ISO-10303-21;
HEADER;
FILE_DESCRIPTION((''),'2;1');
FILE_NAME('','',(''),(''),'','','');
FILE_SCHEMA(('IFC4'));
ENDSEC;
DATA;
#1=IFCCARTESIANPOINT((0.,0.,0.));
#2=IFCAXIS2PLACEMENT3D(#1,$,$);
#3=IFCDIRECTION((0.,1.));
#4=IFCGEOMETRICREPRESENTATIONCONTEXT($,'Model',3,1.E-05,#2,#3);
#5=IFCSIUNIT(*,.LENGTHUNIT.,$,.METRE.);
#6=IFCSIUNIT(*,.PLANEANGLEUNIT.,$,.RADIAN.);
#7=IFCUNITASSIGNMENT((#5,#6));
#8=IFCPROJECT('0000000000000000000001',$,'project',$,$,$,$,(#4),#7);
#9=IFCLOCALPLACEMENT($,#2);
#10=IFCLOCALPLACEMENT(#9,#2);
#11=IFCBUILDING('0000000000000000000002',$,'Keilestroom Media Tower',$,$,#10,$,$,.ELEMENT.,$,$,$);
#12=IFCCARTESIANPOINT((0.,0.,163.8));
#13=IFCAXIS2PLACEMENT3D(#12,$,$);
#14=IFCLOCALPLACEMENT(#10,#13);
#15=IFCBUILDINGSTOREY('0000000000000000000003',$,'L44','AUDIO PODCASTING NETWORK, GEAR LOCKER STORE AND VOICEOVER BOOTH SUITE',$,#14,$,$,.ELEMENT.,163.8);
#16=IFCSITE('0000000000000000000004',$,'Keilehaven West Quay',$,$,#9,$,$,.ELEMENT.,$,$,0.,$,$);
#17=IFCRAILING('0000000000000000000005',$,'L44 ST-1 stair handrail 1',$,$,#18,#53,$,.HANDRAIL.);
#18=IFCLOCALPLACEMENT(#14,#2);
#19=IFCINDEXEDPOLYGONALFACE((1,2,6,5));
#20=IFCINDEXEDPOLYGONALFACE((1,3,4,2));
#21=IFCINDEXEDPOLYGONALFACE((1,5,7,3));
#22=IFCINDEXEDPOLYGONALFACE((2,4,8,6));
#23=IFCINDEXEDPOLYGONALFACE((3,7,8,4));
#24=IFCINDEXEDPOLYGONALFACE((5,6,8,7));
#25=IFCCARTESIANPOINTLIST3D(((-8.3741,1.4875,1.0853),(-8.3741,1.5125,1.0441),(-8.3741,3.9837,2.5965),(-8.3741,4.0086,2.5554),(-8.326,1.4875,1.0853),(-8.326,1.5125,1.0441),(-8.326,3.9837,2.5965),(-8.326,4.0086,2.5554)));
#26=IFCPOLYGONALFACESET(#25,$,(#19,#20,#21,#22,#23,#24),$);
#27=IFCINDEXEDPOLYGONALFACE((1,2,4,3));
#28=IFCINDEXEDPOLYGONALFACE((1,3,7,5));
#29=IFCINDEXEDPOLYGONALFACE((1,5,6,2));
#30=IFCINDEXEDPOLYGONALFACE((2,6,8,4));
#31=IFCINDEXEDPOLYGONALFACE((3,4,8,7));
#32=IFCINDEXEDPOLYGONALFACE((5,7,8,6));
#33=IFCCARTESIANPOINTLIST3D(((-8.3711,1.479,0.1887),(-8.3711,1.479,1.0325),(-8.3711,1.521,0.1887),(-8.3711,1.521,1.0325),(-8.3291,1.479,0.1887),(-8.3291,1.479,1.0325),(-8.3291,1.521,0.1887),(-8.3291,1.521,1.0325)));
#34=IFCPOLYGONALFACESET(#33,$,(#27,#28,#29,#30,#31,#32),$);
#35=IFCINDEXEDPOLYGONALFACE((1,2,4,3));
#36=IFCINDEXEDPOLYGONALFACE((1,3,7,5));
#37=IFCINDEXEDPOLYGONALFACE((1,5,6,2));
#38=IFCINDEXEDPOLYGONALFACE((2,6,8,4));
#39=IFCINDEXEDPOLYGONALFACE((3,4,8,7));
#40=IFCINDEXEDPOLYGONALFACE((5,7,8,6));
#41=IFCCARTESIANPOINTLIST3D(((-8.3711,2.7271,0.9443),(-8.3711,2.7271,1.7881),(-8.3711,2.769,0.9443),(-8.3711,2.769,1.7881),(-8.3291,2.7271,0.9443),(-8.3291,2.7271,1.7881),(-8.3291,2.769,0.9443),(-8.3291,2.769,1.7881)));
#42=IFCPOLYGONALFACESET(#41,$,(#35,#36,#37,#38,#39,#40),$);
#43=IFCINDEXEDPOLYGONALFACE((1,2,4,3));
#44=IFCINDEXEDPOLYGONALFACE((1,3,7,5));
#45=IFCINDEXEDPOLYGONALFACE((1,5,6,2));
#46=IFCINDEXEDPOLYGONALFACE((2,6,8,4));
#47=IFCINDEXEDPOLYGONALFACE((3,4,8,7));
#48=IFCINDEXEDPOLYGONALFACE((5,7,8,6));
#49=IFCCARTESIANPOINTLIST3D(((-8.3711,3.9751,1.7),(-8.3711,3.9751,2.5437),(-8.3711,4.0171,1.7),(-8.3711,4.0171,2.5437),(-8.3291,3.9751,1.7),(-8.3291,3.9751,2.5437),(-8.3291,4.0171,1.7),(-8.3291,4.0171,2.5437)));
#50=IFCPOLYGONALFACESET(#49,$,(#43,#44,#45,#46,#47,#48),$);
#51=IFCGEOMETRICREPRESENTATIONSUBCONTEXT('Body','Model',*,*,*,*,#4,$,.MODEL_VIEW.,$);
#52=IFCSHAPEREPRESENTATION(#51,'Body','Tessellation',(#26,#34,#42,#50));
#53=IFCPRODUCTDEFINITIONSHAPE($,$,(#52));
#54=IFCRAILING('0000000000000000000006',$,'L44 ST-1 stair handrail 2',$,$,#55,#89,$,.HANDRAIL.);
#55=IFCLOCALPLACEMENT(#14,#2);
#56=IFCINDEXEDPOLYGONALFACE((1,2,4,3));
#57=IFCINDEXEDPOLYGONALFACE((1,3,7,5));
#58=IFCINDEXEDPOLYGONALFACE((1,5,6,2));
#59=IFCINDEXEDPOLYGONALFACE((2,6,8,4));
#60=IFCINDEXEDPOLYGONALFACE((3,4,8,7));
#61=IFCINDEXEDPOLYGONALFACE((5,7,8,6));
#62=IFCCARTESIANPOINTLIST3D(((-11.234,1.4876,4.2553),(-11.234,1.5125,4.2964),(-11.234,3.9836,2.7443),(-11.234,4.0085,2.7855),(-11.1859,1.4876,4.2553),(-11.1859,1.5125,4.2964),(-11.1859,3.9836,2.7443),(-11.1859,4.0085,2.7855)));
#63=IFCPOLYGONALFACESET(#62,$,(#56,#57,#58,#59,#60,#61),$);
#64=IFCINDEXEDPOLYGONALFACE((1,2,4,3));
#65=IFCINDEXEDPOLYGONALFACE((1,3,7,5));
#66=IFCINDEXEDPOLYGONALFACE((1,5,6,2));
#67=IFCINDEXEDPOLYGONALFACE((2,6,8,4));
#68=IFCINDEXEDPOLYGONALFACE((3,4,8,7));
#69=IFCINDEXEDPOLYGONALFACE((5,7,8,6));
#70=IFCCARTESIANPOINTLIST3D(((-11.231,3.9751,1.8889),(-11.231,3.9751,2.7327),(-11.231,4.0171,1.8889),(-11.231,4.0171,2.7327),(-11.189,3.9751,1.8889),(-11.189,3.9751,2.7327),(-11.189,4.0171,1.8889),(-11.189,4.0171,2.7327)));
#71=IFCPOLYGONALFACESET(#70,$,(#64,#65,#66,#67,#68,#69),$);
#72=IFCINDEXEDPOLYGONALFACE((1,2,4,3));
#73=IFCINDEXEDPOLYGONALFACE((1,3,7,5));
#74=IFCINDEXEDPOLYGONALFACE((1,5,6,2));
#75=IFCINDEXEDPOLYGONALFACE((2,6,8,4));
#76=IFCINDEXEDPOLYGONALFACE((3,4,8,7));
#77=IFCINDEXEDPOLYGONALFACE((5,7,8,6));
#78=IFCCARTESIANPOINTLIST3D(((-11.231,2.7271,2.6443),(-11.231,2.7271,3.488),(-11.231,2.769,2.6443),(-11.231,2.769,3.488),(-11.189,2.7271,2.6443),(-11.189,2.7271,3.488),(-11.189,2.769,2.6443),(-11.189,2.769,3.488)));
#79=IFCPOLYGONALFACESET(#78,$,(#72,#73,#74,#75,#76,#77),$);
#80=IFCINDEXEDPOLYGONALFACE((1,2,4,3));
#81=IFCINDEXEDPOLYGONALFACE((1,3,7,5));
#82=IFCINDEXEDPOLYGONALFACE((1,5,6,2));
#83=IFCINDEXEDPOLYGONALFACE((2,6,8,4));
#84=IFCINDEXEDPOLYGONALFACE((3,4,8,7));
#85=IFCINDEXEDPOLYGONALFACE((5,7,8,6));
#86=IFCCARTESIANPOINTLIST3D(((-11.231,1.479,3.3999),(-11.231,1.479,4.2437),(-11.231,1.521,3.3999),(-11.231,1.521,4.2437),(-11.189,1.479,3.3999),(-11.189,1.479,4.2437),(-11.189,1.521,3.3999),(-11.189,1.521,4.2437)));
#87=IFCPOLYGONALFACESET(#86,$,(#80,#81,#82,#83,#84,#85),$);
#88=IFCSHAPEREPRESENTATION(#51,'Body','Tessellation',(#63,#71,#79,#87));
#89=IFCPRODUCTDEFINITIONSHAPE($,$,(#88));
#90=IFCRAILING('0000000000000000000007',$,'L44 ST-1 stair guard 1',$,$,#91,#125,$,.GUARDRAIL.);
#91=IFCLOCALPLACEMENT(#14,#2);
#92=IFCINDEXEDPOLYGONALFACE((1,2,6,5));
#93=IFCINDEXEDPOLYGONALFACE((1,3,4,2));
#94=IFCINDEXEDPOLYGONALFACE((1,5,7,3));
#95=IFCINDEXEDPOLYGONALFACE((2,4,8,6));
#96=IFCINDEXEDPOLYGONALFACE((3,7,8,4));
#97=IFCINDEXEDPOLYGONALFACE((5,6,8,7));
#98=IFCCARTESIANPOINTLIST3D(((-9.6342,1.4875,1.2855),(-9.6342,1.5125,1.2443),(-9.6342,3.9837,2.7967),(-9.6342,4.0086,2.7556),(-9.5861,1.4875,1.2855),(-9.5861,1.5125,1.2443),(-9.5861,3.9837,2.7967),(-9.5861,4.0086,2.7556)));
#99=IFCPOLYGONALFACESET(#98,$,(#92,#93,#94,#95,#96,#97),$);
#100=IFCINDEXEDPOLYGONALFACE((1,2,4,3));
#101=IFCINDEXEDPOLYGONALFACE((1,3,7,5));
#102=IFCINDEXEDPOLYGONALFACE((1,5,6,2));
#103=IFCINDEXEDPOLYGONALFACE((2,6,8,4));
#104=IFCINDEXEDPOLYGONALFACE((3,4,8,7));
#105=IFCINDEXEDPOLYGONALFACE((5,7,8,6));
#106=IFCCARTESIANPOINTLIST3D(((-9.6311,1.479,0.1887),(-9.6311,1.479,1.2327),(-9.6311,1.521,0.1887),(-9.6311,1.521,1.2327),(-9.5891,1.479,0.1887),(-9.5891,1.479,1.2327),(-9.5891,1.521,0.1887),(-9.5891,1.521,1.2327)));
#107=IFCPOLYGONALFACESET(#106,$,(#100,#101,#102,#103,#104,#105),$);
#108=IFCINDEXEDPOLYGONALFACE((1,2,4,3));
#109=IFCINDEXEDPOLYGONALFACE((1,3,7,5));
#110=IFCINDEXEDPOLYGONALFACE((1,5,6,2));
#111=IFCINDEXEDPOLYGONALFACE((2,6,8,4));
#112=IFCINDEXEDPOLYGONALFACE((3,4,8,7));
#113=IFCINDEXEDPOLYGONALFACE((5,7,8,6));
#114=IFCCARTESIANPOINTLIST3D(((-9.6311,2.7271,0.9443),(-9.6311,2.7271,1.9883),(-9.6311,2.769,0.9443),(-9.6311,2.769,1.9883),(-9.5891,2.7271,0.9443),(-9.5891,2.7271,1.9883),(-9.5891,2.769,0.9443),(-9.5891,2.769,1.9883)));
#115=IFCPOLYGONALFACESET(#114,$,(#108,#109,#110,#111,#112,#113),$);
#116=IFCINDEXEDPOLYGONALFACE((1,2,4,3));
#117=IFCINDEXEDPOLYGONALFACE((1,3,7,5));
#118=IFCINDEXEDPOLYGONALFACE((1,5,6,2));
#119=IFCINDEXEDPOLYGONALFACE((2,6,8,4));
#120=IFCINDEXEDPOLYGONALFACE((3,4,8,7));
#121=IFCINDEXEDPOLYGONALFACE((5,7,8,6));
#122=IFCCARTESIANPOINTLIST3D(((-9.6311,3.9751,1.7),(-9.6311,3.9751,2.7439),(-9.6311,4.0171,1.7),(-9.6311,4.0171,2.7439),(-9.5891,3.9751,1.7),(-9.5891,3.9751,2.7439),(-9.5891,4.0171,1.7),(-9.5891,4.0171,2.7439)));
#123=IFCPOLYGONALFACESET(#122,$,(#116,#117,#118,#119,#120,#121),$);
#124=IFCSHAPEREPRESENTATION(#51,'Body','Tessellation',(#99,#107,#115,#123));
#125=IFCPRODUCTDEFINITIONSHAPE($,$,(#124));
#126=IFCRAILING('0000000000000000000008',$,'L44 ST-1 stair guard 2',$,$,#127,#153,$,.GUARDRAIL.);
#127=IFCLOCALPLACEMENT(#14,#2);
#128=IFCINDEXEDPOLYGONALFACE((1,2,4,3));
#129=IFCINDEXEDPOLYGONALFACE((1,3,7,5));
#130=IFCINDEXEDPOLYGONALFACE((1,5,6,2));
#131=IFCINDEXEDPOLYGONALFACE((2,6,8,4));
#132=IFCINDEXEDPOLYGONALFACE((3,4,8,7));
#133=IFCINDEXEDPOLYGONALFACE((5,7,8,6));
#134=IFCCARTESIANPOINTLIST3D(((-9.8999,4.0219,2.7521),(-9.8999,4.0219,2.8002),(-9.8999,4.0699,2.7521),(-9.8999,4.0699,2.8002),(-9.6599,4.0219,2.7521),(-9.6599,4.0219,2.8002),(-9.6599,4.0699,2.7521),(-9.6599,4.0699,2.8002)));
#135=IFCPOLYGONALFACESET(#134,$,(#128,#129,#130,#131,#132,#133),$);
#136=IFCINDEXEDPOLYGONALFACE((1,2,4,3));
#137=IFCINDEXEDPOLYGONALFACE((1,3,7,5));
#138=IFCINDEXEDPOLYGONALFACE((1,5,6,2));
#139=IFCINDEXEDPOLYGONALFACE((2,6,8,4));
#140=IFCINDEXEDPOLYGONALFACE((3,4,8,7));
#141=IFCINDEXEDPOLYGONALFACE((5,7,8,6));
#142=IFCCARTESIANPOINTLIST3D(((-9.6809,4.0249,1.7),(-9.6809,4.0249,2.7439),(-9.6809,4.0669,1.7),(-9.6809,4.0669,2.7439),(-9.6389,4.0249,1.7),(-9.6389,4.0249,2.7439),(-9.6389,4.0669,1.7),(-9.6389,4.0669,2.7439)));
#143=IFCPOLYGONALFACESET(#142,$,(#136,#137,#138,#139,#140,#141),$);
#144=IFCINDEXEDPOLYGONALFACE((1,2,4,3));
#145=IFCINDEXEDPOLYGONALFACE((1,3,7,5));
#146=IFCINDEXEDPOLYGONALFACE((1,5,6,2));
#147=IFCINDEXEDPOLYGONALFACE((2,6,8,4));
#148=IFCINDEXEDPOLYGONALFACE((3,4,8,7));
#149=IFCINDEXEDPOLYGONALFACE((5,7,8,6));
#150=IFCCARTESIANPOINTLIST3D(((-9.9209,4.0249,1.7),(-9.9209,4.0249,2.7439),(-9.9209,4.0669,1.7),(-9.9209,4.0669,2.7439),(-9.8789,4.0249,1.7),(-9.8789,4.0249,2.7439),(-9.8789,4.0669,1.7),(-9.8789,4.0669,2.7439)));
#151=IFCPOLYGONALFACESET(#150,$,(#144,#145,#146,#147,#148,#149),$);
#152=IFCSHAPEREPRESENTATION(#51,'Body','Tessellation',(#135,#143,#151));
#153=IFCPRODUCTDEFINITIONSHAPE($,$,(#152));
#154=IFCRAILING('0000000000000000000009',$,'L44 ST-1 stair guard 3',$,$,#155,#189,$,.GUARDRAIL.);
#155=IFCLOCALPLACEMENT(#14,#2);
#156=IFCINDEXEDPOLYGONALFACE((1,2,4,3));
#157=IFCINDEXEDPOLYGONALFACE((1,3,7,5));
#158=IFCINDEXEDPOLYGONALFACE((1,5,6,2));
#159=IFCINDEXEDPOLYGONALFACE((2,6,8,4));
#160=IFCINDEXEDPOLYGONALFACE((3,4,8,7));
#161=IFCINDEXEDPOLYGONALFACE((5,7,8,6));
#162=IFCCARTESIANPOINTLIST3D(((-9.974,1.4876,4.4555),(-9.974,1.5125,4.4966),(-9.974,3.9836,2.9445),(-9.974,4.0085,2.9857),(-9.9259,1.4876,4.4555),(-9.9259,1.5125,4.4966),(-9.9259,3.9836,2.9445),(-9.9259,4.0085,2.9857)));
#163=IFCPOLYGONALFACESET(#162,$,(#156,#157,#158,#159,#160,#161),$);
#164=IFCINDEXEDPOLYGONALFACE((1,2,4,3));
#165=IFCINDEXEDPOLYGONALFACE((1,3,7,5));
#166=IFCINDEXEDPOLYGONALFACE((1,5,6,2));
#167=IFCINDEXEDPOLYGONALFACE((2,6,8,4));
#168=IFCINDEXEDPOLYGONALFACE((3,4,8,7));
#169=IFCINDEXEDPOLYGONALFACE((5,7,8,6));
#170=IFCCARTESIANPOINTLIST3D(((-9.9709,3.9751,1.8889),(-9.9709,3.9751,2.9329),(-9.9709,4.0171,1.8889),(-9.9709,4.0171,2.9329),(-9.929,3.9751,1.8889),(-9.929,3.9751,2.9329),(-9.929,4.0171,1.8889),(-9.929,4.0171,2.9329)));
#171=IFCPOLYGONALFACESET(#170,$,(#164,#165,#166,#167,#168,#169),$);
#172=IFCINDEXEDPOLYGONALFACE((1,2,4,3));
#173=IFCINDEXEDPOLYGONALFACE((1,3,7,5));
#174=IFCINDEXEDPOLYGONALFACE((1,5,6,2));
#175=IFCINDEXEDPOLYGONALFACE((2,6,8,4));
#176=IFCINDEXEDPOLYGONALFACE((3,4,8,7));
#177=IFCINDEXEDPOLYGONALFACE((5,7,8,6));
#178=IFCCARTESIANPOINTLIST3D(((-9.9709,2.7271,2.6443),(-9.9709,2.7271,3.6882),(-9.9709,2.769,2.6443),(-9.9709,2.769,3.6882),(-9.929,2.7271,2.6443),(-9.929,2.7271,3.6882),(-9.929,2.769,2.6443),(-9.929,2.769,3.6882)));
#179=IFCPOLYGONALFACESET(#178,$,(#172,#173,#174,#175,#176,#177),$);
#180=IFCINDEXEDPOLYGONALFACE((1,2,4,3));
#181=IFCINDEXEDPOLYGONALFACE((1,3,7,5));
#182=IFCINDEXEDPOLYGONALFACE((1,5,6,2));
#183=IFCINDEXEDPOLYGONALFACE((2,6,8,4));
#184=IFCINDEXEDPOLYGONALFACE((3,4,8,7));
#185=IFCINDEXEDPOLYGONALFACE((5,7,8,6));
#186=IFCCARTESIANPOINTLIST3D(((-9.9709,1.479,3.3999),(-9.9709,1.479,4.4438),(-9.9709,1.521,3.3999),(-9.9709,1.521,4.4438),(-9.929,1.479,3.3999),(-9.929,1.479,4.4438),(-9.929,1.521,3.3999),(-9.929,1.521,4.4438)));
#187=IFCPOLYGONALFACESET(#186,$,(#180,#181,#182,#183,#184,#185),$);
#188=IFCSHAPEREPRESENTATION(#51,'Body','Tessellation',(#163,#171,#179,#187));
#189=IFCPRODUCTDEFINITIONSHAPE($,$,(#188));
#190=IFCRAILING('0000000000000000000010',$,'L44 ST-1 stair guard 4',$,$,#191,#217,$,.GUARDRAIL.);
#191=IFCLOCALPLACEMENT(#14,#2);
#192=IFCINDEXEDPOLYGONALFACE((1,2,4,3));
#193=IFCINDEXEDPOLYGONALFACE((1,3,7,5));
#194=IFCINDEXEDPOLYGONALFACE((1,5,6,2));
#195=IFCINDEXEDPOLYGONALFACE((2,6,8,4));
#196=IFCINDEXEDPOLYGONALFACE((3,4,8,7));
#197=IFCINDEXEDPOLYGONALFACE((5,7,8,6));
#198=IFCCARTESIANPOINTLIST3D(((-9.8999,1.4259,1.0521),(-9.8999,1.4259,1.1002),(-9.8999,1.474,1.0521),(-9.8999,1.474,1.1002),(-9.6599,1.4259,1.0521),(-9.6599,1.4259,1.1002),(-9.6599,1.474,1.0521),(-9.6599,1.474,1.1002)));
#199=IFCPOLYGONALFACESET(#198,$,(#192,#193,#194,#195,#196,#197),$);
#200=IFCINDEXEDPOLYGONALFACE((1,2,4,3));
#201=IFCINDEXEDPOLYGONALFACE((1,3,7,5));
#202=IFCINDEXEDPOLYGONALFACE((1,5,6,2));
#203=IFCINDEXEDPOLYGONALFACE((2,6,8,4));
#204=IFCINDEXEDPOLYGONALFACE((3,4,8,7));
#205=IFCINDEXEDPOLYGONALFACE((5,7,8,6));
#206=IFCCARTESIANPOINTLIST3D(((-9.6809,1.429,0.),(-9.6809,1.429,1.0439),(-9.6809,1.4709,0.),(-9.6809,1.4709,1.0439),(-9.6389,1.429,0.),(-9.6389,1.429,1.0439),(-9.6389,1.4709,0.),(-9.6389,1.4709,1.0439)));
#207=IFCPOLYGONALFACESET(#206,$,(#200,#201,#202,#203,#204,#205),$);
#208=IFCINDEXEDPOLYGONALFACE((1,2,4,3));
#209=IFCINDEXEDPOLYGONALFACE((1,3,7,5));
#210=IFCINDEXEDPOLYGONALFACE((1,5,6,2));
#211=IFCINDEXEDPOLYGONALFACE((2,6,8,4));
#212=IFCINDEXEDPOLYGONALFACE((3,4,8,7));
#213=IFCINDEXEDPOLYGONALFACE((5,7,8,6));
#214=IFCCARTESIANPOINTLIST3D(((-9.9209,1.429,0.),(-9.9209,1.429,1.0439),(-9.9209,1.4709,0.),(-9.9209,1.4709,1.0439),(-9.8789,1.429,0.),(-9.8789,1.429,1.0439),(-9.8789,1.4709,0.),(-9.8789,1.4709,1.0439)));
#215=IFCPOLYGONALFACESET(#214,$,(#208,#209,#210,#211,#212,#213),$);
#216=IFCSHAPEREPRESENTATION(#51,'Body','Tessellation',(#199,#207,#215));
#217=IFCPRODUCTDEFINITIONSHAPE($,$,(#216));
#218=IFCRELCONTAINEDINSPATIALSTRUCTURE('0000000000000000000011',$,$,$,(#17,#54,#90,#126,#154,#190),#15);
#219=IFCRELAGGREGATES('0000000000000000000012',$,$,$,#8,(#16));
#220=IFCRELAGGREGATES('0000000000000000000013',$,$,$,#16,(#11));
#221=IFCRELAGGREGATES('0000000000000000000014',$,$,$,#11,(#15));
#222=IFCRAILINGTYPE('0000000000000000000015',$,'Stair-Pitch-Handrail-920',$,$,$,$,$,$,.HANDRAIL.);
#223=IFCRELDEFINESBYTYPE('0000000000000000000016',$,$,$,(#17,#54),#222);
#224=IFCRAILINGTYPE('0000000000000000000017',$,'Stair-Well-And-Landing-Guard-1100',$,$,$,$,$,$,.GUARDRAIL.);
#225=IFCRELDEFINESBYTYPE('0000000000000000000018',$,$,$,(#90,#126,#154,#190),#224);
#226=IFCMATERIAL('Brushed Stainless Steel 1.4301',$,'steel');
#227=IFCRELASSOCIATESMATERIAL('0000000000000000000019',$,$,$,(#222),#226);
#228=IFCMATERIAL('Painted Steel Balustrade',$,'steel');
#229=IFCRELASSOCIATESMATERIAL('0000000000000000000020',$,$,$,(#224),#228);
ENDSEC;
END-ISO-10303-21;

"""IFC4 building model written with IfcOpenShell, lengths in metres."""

from ifc_helpers import new_model, si_unit, direction, frame, origin, origin_2d, place, context, subcontext, project, spatial, rectangle, extrude, material, type_object, element, save


model = new_model("IFC4")

# Units and contexts
model_context = context("Model", 3, precision=1e-05, world=origin(), true_north=direction((0.0, 1.0)))
body_context = subcontext(model_context, "Body", "Model", "MODEL_VIEW")
ifc_project = project(units=[si_unit("LENGTHUNIT", "METRE"), si_unit("PLANEANGLEUNIT", "RADIAN")], contexts=[model_context])

# Site, building, storey
site_placement = place(None, origin())
site = spatial("IfcSite", under=ifc_project, at=site_placement, Name="Keilehaven West Quay", CompositionType="ELEMENT", RefElevation=0.0)
building_placement = place(site_placement, origin())
building = spatial("IfcBuilding", under=site, at=building_placement, Name="Keilestroom Media Tower", CompositionType="ELEMENT")
storey_placement = place(building_placement, frame((0.0, 0.0, 163.8)))
storey = spatial("IfcBuildingStorey", under=building, at=storey_placement, Name="L44", Description="AUDIO PODCASTING NETWORK, GEAR LOCKER STORE AND VOICEOVER BOOTH SUITE", CompositionType="ELEMENT", Elevation=163.8)

# Railings
ifc_material_1 = material(Name="Brushed Stainless Steel 1.4301", Category="steel")
railing_type_1 = type_object("IfcRailingType", Name="Stair-Pitch-Handrail-920", PredefinedType="HANDRAIL", material=ifc_material_1)
railing_1_placement = place(storey_placement, frame((-8.3501, 1.5, 0.1887)))
element("IfcRailing", 1, at=railing_1_placement, inside=storey, type_object=railing_type_1, Name="L44 ST-1 stair handrail 1", PredefinedType="HANDRAIL", context=body_context, shape_type="SweptSolid", body=[
    extrude(rectangle(XDim=0.0481, YDim=0.0481, at=origin_2d()), frame((0.0, 0.0, 0.876), z_axis=(0.0, 0.855434, 0.517912), x_axis=(-1.0, 0.0, 0.0)), (0.0, 0.0, 1.0), 2.918),
    extrude(rectangle(XDim=0.042, YDim=0.042, at=origin_2d()), origin(), (0.0, 0.0, 1.0), 0.8438),
    extrude(rectangle(XDim=0.042, YDim=0.042, at=origin_2d()), frame((0.0, 1.248, 0.7556)), (0.0, 0.0, 1.0), 0.8438),
    extrude(rectangle(XDim=0.042, YDim=0.042, at=origin_2d()), frame((0.0, 2.4961, 1.5112)), (0.0, 0.0, 1.0), 0.8438),
])
railing_2_placement = place(storey_placement, frame((-11.21, 3.9961, 1.8889)))
element("IfcRailing", 2, at=railing_2_placement, inside=storey, type_object=railing_type_1, Name="L44 ST-1 stair handrail 2", PredefinedType="HANDRAIL", context=body_context, shape_type="SweptSolid", body=[
    extrude(rectangle(XDim=0.0481, YDim=0.0481, at=origin_2d()), frame((0.0, 0.0, 0.876), z_axis=(0.0, -0.855471, 0.517851), x_axis=(1.0, 0.0, 0.0)), (0.0, 0.0, 1.0), 2.9177),
    extrude(rectangle(XDim=0.042, YDim=0.042, at=origin_2d()), origin(), (0.0, 0.0, 1.0), 0.8438),
    extrude(rectangle(XDim=0.042, YDim=0.042, at=origin_2d()), frame((0.0, -1.248, 0.7554)), (0.0, 0.0, 1.0), 0.8438),
    extrude(rectangle(XDim=0.042, YDim=0.042, at=origin_2d()), frame((0.0, -2.4961, 1.511)), (0.0, 0.0, 1.0), 0.8438),
])
ifc_material_2 = material(Name="Painted Steel Balustrade", Category="steel")
railing_type_2 = type_object("IfcRailingType", Name="Stair-Well-And-Landing-Guard-1100", PredefinedType="GUARDRAIL", material=ifc_material_2)
railing_3_placement = place(storey_placement, frame((-9.6101, 1.5, 0.1887)))
element("IfcRailing", 3, at=railing_3_placement, inside=storey, type_object=railing_type_2, Name="L44 ST-1 stair guard 1", PredefinedType="GUARDRAIL", context=body_context, shape_type="SweptSolid", body=[
    extrude(rectangle(XDim=0.0481, YDim=0.0481, at=origin_2d()), frame((0.0, 0.0, 1.0762), z_axis=(0.0, 0.855434, 0.517912), x_axis=(-1.0, 0.0, 0.0)), (0.0, 0.0, 1.0), 2.918),
    extrude(rectangle(XDim=0.042, YDim=0.042, at=origin_2d()), origin(), (0.0, 0.0, 1.0), 1.0439),
    extrude(rectangle(XDim=0.042, YDim=0.042, at=origin_2d()), frame((0.0, 1.248, 0.7556)), (0.0, 0.0, 1.0), 1.0439),
    extrude(rectangle(XDim=0.042, YDim=0.042, at=origin_2d()), frame((0.0, 2.4961, 1.5112)), (0.0, 0.0, 1.0), 1.0439),
])
railing_4_placement = place(storey_placement, frame((-9.6599, 4.0459, 1.7)))
element("IfcRailing", 4, at=railing_4_placement, inside=storey, type_object=railing_type_2, Name="L44 ST-1 stair guard 2", PredefinedType="GUARDRAIL", context=body_context, shape_type="SweptSolid", body=[
    extrude(rectangle(XDim=0.0481, YDim=0.0481, at=origin_2d()), frame((0.0, 0.0, 1.0762), z_axis=(-1.0, 0.0, 0.0), x_axis=(0.0, -1.0, 0.0)), (0.0, 0.0, 1.0), 0.24),
    extrude(rectangle(XDim=0.042, YDim=0.042, at=origin_2d()), origin(), (0.0, 0.0, 1.0), 1.0439),
    extrude(rectangle(XDim=0.042, YDim=0.042, at=origin_2d()), frame((-0.24, 0.0, 0.0)), (0.0, 0.0, 1.0), 1.0439),
])
railing_5_placement = place(storey_placement, frame((-9.95, 3.9961, 1.8889)))
element("IfcRailing", 5, at=railing_5_placement, inside=storey, type_object=railing_type_2, Name="L44 ST-1 stair guard 3", PredefinedType="GUARDRAIL", context=body_context, shape_type="SweptSolid", body=[
    extrude(rectangle(XDim=0.0481, YDim=0.0481, at=origin_2d()), frame((0.0, 0.0, 1.0762), z_axis=(0.0, -0.855471, 0.517851), x_axis=(1.0, 0.0, 0.0)), (0.0, 0.0, 1.0), 2.9177),
    extrude(rectangle(XDim=0.042, YDim=0.042, at=origin_2d()), origin(), (0.0, 0.0, 1.0), 1.0439),
    extrude(rectangle(XDim=0.042, YDim=0.042, at=origin_2d()), frame((0.0, -1.248, 0.7554)), (0.0, 0.0, 1.0), 1.0439),
    extrude(rectangle(XDim=0.042, YDim=0.042, at=origin_2d()), frame((0.0, -2.4961, 1.511)), (0.0, 0.0, 1.0), 1.0439),
])
railing_6_placement = place(storey_placement, frame((-9.6599, 1.45, 0.0)))
element("IfcRailing", 6, at=railing_6_placement, inside=storey, type_object=railing_type_2, Name="L44 ST-1 stair guard 4", PredefinedType="GUARDRAIL", context=body_context, shape_type="SweptSolid", body=[
    extrude(rectangle(XDim=0.0481, YDim=0.0481, at=origin_2d()), frame((0.0, 0.0, 1.0762), z_axis=(-1.0, 0.0, 0.0), x_axis=(0.0, -1.0, 0.0)), (0.0, 0.0, 1.0), 0.24),
    extrude(rectangle(XDim=0.042, YDim=0.042, at=origin_2d()), origin(), (0.0, 0.0, 1.0), 1.0439),
    extrude(rectangle(XDim=0.042, YDim=0.042, at=origin_2d()), frame((-0.24, 0.0, 0.0)), (0.0, 0.0, 1.0), 1.0439),
])

save(model, "model.ifc")
